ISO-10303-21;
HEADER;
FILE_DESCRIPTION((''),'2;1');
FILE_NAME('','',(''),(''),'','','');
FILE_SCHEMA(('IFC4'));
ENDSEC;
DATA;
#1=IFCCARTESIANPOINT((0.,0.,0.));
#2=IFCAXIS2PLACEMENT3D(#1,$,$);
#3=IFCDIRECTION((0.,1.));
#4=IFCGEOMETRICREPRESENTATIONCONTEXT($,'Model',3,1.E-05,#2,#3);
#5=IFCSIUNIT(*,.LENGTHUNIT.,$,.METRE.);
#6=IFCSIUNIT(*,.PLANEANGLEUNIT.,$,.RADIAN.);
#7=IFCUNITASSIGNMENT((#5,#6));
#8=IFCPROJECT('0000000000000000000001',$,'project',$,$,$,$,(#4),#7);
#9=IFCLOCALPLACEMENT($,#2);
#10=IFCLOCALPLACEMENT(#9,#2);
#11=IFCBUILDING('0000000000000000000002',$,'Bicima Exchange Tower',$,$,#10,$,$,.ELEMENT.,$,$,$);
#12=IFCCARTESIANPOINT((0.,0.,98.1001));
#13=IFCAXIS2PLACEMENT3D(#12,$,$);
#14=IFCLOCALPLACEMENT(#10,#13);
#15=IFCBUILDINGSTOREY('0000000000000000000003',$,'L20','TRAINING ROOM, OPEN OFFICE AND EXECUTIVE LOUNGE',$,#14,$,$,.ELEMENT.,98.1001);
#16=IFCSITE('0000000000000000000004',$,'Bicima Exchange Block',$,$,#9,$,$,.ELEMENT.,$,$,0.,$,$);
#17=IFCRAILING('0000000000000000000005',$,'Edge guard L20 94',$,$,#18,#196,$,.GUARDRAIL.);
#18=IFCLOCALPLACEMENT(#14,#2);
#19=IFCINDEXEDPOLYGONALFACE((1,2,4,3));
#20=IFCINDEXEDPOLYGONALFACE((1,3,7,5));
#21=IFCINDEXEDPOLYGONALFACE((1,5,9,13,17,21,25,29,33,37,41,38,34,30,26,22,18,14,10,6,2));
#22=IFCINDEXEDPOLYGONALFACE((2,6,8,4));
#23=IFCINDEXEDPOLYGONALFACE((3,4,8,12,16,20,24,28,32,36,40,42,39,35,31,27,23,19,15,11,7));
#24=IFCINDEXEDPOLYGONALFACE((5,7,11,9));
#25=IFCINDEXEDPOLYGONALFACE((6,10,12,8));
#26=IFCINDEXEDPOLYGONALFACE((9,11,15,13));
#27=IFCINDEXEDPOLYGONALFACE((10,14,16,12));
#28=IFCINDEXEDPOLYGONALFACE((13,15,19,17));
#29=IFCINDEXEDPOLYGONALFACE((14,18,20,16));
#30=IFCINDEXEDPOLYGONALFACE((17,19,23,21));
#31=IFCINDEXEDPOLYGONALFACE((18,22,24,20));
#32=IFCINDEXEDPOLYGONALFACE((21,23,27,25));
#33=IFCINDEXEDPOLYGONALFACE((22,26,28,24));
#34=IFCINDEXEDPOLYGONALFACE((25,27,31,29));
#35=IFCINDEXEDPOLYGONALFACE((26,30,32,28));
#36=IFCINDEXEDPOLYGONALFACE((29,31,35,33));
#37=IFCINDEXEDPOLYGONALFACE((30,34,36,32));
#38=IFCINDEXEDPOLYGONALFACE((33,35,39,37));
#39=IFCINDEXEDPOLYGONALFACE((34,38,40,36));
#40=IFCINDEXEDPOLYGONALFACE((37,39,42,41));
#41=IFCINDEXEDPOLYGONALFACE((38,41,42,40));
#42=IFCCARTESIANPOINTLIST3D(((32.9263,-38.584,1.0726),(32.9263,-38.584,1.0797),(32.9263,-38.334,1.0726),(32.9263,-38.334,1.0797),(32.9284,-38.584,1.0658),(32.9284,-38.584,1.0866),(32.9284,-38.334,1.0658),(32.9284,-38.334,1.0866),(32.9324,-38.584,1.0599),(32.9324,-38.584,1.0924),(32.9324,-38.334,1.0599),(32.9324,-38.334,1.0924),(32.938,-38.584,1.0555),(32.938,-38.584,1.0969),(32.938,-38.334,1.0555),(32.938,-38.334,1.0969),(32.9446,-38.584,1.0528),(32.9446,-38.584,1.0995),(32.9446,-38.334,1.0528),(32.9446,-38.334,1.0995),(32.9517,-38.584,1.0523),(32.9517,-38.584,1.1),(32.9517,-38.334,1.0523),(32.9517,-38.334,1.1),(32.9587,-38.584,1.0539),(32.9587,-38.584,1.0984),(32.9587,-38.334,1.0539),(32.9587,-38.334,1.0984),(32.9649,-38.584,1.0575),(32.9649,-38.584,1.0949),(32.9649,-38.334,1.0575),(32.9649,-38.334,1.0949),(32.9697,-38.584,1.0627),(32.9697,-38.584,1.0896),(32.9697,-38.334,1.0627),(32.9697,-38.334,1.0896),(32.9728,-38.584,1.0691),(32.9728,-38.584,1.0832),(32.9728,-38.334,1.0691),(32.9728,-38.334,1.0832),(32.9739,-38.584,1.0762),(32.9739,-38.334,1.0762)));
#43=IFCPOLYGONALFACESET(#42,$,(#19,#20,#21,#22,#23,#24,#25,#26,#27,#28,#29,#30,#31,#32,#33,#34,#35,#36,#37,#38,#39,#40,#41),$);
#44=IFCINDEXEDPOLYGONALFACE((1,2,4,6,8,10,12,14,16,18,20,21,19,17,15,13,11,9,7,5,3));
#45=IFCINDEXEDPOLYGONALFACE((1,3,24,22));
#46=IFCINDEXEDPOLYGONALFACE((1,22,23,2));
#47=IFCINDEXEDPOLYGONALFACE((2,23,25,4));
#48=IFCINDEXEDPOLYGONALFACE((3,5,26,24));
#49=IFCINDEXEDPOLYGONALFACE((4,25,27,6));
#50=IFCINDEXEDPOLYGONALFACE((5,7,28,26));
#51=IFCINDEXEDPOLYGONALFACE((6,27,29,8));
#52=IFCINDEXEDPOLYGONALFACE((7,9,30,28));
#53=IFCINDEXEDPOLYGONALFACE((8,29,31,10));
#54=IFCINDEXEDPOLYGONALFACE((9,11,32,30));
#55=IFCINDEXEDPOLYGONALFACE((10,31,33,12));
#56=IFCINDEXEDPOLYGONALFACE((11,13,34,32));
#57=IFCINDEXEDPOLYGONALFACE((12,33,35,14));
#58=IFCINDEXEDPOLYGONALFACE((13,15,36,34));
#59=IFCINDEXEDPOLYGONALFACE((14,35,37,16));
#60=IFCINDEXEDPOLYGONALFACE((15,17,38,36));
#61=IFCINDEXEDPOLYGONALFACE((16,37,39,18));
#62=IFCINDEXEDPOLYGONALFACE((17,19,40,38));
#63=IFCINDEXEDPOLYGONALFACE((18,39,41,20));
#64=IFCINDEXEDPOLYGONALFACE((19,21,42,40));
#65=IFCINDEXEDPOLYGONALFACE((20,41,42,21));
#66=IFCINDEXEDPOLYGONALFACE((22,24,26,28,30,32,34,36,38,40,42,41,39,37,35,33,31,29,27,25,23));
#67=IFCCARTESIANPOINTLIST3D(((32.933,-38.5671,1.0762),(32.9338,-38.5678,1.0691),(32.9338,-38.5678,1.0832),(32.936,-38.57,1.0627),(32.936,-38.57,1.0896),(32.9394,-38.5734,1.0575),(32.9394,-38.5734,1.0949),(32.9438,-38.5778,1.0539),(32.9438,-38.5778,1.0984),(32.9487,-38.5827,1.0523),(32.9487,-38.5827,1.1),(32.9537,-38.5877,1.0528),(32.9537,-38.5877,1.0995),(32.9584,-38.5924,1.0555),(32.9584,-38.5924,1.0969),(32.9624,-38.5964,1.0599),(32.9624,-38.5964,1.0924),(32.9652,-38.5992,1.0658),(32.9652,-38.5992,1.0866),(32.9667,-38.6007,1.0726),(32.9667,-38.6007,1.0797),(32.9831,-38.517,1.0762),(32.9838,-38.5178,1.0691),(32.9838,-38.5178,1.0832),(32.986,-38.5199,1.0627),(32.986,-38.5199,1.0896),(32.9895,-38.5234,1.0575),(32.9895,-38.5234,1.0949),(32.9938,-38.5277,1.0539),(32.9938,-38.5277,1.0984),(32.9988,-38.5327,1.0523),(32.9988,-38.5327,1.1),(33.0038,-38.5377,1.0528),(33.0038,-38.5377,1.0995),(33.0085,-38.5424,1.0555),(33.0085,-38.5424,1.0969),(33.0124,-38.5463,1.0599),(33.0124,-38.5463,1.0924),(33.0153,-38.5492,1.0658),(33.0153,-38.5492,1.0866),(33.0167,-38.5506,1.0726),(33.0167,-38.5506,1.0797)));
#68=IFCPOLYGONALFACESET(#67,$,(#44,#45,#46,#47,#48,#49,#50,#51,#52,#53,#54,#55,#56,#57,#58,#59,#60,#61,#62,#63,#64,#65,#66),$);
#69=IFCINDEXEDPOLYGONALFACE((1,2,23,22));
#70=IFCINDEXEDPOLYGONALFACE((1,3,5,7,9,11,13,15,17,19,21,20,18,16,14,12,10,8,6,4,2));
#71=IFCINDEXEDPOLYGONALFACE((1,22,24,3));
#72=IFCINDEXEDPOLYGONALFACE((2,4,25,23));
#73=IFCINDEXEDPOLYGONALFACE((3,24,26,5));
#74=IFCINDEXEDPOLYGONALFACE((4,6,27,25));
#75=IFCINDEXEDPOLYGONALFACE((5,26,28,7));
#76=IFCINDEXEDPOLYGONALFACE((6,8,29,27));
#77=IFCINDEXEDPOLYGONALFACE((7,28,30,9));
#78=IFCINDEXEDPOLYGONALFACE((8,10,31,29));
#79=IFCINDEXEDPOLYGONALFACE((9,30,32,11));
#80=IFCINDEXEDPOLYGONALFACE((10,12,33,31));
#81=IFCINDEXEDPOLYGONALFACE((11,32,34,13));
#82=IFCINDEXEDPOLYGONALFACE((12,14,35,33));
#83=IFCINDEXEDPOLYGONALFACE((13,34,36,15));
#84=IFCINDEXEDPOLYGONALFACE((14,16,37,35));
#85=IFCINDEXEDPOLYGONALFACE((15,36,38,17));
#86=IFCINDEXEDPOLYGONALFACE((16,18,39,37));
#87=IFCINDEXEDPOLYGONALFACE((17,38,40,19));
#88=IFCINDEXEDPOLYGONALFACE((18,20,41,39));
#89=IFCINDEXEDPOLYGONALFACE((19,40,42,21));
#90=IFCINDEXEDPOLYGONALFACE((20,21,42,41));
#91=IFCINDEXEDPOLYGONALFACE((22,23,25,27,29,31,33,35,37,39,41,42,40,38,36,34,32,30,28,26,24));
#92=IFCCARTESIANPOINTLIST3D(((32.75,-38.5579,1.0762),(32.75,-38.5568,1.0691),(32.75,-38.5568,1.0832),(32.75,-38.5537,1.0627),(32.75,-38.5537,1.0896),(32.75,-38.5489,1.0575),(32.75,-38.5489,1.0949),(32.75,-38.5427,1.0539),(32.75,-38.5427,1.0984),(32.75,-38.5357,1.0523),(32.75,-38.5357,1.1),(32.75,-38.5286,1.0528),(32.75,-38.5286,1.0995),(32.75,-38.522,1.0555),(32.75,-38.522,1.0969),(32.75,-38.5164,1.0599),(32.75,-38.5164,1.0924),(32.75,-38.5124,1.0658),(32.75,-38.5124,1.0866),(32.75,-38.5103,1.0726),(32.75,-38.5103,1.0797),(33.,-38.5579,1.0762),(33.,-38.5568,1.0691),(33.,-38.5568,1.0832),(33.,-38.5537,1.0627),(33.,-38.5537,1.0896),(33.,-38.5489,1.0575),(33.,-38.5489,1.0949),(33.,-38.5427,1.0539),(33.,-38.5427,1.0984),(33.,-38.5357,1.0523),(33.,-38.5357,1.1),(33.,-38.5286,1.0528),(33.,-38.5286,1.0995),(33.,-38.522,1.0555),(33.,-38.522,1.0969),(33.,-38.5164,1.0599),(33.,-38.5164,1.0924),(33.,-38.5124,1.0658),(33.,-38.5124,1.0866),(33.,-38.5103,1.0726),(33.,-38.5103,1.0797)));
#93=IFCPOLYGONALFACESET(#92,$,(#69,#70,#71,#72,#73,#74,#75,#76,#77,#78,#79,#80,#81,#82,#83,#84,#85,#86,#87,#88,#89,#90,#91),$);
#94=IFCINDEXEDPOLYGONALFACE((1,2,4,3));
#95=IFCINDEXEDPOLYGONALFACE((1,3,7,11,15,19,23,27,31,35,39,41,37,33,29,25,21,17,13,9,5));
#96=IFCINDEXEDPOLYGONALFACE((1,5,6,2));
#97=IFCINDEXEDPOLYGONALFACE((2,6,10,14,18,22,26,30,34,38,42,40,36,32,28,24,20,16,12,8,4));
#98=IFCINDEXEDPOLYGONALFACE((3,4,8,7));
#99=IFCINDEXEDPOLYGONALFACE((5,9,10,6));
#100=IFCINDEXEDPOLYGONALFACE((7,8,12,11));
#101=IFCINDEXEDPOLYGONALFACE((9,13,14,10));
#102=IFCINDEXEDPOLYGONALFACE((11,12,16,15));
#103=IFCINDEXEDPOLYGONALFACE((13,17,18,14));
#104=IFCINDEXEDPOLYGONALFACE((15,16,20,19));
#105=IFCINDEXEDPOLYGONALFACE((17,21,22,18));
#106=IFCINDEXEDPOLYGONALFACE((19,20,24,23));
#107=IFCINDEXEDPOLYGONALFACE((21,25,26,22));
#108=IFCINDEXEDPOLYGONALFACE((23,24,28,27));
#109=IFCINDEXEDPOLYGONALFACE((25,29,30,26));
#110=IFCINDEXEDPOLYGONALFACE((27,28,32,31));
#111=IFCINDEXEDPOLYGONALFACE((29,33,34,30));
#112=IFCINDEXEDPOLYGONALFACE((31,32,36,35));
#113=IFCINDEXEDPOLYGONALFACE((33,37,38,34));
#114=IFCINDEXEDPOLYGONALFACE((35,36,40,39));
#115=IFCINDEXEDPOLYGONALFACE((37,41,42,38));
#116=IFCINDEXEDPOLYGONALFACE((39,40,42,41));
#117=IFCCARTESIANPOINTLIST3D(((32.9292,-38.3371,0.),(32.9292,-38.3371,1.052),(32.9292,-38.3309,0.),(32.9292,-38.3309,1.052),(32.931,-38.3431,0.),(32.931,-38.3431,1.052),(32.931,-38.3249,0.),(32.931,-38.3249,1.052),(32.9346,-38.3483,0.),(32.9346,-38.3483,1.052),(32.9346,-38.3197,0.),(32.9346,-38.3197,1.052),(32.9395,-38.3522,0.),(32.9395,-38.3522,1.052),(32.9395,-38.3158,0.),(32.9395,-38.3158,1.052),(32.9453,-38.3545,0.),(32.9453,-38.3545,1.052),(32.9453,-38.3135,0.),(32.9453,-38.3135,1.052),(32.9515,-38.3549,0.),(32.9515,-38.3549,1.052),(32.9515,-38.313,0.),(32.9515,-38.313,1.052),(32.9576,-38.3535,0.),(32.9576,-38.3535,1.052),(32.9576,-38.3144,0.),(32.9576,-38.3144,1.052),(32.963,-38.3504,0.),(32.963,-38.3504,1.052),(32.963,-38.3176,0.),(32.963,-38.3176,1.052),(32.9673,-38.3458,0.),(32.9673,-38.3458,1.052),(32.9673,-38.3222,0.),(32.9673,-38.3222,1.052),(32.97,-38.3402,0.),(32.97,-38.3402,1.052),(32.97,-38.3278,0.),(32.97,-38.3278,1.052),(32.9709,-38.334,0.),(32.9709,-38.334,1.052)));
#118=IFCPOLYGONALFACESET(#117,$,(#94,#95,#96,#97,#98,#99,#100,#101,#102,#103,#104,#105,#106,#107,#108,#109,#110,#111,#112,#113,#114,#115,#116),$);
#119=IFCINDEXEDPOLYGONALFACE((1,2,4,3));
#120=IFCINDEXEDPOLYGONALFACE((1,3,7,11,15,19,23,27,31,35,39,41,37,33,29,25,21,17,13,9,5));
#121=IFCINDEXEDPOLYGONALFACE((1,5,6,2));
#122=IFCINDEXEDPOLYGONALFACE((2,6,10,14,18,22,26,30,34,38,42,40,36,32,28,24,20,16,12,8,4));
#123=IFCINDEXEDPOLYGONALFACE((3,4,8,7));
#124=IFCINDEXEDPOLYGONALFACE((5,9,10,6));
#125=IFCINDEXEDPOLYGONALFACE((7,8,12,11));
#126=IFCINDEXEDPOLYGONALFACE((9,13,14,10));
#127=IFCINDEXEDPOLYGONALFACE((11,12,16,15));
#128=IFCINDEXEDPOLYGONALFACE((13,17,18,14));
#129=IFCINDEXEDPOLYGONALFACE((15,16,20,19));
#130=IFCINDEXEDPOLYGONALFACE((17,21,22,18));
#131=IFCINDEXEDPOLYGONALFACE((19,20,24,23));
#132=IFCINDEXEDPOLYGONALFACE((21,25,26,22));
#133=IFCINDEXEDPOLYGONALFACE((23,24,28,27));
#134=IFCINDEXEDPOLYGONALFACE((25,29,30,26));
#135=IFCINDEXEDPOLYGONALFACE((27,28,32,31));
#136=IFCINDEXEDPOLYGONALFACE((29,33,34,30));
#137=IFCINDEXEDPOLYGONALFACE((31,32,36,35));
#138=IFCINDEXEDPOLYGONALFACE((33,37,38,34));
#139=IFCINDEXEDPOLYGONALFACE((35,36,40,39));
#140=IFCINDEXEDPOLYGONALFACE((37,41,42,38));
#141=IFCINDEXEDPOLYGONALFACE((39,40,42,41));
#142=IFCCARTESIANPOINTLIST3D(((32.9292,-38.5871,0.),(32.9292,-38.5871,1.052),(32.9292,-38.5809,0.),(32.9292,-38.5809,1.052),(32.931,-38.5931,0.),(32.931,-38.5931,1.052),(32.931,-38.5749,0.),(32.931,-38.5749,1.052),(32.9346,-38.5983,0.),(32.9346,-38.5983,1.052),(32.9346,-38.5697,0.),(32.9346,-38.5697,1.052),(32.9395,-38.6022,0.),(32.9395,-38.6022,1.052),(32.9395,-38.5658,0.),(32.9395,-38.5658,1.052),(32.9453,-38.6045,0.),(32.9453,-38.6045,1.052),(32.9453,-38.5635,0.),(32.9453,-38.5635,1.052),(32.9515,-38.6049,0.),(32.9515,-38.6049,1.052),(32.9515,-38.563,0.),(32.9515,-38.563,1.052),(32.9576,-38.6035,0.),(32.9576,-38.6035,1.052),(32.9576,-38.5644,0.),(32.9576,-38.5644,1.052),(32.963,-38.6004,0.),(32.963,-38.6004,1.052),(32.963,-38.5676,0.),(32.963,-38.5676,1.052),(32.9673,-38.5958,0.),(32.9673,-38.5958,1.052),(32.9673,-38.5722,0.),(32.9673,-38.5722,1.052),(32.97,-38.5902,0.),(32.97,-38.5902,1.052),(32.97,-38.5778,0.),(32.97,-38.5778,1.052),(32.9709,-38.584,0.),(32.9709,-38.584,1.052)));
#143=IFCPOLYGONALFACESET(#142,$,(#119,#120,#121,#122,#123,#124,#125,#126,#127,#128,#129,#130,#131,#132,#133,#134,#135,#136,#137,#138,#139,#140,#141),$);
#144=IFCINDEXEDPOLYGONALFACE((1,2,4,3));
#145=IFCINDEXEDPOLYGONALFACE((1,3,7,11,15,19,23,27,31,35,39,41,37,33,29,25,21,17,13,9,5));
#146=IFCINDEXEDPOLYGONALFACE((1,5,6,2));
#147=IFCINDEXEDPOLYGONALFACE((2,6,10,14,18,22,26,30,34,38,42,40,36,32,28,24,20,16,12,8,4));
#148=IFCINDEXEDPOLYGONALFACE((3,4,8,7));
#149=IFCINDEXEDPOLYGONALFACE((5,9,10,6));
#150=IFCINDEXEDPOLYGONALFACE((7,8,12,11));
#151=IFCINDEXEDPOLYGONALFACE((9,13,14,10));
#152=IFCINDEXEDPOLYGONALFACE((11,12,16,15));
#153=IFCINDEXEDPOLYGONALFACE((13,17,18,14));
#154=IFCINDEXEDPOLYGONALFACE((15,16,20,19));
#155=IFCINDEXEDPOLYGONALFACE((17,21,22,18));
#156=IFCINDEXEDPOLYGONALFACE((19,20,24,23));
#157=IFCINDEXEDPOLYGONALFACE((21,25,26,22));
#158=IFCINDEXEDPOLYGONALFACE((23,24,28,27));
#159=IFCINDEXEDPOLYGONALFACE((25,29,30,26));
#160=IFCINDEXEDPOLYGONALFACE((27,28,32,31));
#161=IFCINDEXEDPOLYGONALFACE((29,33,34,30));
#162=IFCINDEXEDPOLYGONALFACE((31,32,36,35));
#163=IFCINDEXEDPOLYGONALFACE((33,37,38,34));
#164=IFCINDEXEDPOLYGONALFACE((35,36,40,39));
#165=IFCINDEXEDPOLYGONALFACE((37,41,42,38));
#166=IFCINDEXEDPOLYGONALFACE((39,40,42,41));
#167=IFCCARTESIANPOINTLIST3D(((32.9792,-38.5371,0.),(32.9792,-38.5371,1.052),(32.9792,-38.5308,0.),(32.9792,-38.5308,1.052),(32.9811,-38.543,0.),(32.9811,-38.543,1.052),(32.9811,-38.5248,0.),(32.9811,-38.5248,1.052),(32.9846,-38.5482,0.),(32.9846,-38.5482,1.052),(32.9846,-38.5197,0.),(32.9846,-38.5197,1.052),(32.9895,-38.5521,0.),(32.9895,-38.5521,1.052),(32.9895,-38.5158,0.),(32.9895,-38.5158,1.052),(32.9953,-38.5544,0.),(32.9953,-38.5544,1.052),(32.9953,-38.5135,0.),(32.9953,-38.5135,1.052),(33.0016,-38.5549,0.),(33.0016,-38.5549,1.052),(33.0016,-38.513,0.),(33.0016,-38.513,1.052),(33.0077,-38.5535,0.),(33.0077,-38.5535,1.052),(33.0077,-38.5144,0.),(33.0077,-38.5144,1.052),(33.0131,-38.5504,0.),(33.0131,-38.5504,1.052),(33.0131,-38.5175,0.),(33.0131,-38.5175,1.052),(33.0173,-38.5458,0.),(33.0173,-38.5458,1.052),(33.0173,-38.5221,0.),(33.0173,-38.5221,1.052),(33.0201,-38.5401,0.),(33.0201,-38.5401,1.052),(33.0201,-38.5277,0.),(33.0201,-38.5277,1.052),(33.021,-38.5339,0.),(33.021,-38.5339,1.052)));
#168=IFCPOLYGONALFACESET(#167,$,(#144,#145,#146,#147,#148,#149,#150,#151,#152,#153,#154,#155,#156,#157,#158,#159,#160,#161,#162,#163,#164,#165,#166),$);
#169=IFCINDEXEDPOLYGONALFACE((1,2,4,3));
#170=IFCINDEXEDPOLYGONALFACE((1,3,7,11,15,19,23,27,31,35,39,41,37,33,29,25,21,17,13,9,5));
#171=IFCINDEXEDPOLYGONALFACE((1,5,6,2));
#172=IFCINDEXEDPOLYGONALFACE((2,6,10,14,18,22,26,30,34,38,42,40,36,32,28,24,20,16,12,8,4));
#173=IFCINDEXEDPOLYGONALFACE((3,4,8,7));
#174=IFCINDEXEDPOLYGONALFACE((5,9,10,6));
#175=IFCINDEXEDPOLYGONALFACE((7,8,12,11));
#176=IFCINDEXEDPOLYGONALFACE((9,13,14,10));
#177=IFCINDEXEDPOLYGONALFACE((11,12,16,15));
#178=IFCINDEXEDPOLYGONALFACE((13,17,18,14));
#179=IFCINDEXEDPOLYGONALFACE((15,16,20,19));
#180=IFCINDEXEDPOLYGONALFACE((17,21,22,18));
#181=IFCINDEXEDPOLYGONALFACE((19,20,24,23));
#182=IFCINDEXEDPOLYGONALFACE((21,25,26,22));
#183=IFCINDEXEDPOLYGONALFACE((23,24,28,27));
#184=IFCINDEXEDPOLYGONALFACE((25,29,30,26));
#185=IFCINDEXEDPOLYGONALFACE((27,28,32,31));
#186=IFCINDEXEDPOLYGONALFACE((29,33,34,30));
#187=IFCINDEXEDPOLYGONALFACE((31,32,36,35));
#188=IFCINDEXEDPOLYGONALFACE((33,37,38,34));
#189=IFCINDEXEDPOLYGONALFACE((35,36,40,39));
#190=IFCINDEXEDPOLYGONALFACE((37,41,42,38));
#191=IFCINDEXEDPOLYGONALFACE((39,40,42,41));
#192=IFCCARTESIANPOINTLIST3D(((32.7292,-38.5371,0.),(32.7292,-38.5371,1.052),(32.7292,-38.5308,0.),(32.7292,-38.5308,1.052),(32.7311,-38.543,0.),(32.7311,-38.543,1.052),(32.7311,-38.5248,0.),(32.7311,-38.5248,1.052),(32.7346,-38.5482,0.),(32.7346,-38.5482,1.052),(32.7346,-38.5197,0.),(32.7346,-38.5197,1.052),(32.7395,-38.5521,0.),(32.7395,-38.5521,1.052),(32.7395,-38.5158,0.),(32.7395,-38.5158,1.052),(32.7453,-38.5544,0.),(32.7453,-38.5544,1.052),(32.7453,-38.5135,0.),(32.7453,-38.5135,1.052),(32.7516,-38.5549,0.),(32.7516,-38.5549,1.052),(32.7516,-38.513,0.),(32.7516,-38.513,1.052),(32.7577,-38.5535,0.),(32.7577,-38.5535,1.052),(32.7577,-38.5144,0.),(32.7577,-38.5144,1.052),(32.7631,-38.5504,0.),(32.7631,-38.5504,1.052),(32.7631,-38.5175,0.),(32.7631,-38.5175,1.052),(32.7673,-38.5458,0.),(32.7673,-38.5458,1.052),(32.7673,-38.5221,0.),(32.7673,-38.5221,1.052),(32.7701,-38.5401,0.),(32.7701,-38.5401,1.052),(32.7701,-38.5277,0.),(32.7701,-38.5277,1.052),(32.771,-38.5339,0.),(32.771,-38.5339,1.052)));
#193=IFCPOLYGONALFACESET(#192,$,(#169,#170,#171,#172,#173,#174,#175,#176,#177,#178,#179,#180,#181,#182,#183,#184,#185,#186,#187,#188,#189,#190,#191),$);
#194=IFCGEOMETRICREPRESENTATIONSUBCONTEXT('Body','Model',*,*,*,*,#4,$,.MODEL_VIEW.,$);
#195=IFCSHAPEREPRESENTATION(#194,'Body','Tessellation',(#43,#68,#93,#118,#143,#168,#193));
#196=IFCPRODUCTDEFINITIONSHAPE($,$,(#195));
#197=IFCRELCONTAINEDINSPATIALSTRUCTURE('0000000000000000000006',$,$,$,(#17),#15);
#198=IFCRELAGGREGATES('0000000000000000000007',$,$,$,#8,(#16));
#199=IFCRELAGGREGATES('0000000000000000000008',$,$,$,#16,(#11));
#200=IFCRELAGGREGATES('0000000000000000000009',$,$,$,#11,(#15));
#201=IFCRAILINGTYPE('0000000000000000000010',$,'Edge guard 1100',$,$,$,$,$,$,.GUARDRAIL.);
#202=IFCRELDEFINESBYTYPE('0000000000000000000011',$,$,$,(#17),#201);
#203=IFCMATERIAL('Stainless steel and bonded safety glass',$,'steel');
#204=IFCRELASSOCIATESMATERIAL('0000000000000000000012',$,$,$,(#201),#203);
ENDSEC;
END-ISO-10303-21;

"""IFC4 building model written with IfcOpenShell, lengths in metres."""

from ifc_helpers import new_model, si_unit, direction, frame, origin, origin_2d, place, context, subcontext, project, spatial, circle, extrude, material, type_object, element, save


model = new_model("IFC4")

# Units and contexts
model_context = context("Model", 3, precision=1e-05, world=origin(), true_north=direction((0.0, 1.0)))
body_context = subcontext(model_context, "Body", "Model", "MODEL_VIEW")
ifc_project = project(units=[si_unit("LENGTHUNIT", "METRE"), si_unit("PLANEANGLEUNIT", "RADIAN")], contexts=[model_context])

# Site, building, storey
site_placement = place(None, origin())
site = spatial("IfcSite", under=ifc_project, at=site_placement, Name="Bicima Exchange Block", CompositionType="ELEMENT", RefElevation=0.0)
building_placement = place(site_placement, origin())
building = spatial("IfcBuilding", under=site, at=building_placement, Name="Bicima Exchange Tower", CompositionType="ELEMENT")
storey_placement = place(building_placement, frame((0.0, 0.0, 98.1001)))
storey = spatial("IfcBuildingStorey", under=building, at=storey_placement, Name="L20", Description="TRAINING ROOM, OPEN OFFICE AND EXECUTIVE LOUNGE", CompositionType="ELEMENT", Elevation=98.1001)

# Railing
ifc_material_1 = material(Name="Stainless steel and bonded safety glass", Category="steel")
railing_type = type_object("IfcRailingType", Name="Edge guard 1100", PredefinedType="GUARDRAIL", material=ifc_material_1)
railing_1_placement = place(storey_placement, frame((32.95, -38.334, 0.0)))
element("IfcRailing", 1, at=railing_1_placement, inside=storey, type_object=railing_type, Name="Edge guard L20 94", PredefinedType="GUARDRAIL", context=body_context, shape_type="SweptSolid", body=[
    extrude(circle(Radius=0.0239, at=origin_2d()), frame((0.0, 0.0, 1.0762), z_axis=(0.0, -1.0, 0.0), x_axis=(1.0, 0.0, 0.0)), (0.0, 0.0, 1.0), 0.25),
    extrude(circle(Radius=0.0239, at=origin_2d()), frame((0.0, -0.25, 1.0762), z_axis=(0.707107, 0.707107, 0.0), x_axis=(-0.707107, 0.707107, 0.0)), (0.0, 0.0, 1.0), 0.0708),
    extrude(circle(Radius=0.0239, at=origin_2d()), frame((0.05, -0.2, 1.0762), z_axis=(-1.0, 0.0, 0.0), x_axis=(0.0, -1.0, 0.0)), (0.0, 0.0, 1.0), 0.25),
    extrude(circle(Radius=0.021, at=origin_2d()), origin(), (0.0, 0.0, 1.0), 1.052),
    extrude(circle(Radius=0.021, at=origin_2d()), frame((0.0, -0.25, 0.0)), (0.0, 0.0, 1.0), 1.052),
    extrude(circle(Radius=0.021, at=origin_2d()), frame((0.05, -0.2, 0.0)), (0.0, 0.0, 1.0), 1.052),
    extrude(circle(Radius=0.021, at=origin_2d()), frame((-0.2, -0.2, 0.0)), (0.0, 0.0, 1.0), 1.052),
])

save(model, "model.ifc")
